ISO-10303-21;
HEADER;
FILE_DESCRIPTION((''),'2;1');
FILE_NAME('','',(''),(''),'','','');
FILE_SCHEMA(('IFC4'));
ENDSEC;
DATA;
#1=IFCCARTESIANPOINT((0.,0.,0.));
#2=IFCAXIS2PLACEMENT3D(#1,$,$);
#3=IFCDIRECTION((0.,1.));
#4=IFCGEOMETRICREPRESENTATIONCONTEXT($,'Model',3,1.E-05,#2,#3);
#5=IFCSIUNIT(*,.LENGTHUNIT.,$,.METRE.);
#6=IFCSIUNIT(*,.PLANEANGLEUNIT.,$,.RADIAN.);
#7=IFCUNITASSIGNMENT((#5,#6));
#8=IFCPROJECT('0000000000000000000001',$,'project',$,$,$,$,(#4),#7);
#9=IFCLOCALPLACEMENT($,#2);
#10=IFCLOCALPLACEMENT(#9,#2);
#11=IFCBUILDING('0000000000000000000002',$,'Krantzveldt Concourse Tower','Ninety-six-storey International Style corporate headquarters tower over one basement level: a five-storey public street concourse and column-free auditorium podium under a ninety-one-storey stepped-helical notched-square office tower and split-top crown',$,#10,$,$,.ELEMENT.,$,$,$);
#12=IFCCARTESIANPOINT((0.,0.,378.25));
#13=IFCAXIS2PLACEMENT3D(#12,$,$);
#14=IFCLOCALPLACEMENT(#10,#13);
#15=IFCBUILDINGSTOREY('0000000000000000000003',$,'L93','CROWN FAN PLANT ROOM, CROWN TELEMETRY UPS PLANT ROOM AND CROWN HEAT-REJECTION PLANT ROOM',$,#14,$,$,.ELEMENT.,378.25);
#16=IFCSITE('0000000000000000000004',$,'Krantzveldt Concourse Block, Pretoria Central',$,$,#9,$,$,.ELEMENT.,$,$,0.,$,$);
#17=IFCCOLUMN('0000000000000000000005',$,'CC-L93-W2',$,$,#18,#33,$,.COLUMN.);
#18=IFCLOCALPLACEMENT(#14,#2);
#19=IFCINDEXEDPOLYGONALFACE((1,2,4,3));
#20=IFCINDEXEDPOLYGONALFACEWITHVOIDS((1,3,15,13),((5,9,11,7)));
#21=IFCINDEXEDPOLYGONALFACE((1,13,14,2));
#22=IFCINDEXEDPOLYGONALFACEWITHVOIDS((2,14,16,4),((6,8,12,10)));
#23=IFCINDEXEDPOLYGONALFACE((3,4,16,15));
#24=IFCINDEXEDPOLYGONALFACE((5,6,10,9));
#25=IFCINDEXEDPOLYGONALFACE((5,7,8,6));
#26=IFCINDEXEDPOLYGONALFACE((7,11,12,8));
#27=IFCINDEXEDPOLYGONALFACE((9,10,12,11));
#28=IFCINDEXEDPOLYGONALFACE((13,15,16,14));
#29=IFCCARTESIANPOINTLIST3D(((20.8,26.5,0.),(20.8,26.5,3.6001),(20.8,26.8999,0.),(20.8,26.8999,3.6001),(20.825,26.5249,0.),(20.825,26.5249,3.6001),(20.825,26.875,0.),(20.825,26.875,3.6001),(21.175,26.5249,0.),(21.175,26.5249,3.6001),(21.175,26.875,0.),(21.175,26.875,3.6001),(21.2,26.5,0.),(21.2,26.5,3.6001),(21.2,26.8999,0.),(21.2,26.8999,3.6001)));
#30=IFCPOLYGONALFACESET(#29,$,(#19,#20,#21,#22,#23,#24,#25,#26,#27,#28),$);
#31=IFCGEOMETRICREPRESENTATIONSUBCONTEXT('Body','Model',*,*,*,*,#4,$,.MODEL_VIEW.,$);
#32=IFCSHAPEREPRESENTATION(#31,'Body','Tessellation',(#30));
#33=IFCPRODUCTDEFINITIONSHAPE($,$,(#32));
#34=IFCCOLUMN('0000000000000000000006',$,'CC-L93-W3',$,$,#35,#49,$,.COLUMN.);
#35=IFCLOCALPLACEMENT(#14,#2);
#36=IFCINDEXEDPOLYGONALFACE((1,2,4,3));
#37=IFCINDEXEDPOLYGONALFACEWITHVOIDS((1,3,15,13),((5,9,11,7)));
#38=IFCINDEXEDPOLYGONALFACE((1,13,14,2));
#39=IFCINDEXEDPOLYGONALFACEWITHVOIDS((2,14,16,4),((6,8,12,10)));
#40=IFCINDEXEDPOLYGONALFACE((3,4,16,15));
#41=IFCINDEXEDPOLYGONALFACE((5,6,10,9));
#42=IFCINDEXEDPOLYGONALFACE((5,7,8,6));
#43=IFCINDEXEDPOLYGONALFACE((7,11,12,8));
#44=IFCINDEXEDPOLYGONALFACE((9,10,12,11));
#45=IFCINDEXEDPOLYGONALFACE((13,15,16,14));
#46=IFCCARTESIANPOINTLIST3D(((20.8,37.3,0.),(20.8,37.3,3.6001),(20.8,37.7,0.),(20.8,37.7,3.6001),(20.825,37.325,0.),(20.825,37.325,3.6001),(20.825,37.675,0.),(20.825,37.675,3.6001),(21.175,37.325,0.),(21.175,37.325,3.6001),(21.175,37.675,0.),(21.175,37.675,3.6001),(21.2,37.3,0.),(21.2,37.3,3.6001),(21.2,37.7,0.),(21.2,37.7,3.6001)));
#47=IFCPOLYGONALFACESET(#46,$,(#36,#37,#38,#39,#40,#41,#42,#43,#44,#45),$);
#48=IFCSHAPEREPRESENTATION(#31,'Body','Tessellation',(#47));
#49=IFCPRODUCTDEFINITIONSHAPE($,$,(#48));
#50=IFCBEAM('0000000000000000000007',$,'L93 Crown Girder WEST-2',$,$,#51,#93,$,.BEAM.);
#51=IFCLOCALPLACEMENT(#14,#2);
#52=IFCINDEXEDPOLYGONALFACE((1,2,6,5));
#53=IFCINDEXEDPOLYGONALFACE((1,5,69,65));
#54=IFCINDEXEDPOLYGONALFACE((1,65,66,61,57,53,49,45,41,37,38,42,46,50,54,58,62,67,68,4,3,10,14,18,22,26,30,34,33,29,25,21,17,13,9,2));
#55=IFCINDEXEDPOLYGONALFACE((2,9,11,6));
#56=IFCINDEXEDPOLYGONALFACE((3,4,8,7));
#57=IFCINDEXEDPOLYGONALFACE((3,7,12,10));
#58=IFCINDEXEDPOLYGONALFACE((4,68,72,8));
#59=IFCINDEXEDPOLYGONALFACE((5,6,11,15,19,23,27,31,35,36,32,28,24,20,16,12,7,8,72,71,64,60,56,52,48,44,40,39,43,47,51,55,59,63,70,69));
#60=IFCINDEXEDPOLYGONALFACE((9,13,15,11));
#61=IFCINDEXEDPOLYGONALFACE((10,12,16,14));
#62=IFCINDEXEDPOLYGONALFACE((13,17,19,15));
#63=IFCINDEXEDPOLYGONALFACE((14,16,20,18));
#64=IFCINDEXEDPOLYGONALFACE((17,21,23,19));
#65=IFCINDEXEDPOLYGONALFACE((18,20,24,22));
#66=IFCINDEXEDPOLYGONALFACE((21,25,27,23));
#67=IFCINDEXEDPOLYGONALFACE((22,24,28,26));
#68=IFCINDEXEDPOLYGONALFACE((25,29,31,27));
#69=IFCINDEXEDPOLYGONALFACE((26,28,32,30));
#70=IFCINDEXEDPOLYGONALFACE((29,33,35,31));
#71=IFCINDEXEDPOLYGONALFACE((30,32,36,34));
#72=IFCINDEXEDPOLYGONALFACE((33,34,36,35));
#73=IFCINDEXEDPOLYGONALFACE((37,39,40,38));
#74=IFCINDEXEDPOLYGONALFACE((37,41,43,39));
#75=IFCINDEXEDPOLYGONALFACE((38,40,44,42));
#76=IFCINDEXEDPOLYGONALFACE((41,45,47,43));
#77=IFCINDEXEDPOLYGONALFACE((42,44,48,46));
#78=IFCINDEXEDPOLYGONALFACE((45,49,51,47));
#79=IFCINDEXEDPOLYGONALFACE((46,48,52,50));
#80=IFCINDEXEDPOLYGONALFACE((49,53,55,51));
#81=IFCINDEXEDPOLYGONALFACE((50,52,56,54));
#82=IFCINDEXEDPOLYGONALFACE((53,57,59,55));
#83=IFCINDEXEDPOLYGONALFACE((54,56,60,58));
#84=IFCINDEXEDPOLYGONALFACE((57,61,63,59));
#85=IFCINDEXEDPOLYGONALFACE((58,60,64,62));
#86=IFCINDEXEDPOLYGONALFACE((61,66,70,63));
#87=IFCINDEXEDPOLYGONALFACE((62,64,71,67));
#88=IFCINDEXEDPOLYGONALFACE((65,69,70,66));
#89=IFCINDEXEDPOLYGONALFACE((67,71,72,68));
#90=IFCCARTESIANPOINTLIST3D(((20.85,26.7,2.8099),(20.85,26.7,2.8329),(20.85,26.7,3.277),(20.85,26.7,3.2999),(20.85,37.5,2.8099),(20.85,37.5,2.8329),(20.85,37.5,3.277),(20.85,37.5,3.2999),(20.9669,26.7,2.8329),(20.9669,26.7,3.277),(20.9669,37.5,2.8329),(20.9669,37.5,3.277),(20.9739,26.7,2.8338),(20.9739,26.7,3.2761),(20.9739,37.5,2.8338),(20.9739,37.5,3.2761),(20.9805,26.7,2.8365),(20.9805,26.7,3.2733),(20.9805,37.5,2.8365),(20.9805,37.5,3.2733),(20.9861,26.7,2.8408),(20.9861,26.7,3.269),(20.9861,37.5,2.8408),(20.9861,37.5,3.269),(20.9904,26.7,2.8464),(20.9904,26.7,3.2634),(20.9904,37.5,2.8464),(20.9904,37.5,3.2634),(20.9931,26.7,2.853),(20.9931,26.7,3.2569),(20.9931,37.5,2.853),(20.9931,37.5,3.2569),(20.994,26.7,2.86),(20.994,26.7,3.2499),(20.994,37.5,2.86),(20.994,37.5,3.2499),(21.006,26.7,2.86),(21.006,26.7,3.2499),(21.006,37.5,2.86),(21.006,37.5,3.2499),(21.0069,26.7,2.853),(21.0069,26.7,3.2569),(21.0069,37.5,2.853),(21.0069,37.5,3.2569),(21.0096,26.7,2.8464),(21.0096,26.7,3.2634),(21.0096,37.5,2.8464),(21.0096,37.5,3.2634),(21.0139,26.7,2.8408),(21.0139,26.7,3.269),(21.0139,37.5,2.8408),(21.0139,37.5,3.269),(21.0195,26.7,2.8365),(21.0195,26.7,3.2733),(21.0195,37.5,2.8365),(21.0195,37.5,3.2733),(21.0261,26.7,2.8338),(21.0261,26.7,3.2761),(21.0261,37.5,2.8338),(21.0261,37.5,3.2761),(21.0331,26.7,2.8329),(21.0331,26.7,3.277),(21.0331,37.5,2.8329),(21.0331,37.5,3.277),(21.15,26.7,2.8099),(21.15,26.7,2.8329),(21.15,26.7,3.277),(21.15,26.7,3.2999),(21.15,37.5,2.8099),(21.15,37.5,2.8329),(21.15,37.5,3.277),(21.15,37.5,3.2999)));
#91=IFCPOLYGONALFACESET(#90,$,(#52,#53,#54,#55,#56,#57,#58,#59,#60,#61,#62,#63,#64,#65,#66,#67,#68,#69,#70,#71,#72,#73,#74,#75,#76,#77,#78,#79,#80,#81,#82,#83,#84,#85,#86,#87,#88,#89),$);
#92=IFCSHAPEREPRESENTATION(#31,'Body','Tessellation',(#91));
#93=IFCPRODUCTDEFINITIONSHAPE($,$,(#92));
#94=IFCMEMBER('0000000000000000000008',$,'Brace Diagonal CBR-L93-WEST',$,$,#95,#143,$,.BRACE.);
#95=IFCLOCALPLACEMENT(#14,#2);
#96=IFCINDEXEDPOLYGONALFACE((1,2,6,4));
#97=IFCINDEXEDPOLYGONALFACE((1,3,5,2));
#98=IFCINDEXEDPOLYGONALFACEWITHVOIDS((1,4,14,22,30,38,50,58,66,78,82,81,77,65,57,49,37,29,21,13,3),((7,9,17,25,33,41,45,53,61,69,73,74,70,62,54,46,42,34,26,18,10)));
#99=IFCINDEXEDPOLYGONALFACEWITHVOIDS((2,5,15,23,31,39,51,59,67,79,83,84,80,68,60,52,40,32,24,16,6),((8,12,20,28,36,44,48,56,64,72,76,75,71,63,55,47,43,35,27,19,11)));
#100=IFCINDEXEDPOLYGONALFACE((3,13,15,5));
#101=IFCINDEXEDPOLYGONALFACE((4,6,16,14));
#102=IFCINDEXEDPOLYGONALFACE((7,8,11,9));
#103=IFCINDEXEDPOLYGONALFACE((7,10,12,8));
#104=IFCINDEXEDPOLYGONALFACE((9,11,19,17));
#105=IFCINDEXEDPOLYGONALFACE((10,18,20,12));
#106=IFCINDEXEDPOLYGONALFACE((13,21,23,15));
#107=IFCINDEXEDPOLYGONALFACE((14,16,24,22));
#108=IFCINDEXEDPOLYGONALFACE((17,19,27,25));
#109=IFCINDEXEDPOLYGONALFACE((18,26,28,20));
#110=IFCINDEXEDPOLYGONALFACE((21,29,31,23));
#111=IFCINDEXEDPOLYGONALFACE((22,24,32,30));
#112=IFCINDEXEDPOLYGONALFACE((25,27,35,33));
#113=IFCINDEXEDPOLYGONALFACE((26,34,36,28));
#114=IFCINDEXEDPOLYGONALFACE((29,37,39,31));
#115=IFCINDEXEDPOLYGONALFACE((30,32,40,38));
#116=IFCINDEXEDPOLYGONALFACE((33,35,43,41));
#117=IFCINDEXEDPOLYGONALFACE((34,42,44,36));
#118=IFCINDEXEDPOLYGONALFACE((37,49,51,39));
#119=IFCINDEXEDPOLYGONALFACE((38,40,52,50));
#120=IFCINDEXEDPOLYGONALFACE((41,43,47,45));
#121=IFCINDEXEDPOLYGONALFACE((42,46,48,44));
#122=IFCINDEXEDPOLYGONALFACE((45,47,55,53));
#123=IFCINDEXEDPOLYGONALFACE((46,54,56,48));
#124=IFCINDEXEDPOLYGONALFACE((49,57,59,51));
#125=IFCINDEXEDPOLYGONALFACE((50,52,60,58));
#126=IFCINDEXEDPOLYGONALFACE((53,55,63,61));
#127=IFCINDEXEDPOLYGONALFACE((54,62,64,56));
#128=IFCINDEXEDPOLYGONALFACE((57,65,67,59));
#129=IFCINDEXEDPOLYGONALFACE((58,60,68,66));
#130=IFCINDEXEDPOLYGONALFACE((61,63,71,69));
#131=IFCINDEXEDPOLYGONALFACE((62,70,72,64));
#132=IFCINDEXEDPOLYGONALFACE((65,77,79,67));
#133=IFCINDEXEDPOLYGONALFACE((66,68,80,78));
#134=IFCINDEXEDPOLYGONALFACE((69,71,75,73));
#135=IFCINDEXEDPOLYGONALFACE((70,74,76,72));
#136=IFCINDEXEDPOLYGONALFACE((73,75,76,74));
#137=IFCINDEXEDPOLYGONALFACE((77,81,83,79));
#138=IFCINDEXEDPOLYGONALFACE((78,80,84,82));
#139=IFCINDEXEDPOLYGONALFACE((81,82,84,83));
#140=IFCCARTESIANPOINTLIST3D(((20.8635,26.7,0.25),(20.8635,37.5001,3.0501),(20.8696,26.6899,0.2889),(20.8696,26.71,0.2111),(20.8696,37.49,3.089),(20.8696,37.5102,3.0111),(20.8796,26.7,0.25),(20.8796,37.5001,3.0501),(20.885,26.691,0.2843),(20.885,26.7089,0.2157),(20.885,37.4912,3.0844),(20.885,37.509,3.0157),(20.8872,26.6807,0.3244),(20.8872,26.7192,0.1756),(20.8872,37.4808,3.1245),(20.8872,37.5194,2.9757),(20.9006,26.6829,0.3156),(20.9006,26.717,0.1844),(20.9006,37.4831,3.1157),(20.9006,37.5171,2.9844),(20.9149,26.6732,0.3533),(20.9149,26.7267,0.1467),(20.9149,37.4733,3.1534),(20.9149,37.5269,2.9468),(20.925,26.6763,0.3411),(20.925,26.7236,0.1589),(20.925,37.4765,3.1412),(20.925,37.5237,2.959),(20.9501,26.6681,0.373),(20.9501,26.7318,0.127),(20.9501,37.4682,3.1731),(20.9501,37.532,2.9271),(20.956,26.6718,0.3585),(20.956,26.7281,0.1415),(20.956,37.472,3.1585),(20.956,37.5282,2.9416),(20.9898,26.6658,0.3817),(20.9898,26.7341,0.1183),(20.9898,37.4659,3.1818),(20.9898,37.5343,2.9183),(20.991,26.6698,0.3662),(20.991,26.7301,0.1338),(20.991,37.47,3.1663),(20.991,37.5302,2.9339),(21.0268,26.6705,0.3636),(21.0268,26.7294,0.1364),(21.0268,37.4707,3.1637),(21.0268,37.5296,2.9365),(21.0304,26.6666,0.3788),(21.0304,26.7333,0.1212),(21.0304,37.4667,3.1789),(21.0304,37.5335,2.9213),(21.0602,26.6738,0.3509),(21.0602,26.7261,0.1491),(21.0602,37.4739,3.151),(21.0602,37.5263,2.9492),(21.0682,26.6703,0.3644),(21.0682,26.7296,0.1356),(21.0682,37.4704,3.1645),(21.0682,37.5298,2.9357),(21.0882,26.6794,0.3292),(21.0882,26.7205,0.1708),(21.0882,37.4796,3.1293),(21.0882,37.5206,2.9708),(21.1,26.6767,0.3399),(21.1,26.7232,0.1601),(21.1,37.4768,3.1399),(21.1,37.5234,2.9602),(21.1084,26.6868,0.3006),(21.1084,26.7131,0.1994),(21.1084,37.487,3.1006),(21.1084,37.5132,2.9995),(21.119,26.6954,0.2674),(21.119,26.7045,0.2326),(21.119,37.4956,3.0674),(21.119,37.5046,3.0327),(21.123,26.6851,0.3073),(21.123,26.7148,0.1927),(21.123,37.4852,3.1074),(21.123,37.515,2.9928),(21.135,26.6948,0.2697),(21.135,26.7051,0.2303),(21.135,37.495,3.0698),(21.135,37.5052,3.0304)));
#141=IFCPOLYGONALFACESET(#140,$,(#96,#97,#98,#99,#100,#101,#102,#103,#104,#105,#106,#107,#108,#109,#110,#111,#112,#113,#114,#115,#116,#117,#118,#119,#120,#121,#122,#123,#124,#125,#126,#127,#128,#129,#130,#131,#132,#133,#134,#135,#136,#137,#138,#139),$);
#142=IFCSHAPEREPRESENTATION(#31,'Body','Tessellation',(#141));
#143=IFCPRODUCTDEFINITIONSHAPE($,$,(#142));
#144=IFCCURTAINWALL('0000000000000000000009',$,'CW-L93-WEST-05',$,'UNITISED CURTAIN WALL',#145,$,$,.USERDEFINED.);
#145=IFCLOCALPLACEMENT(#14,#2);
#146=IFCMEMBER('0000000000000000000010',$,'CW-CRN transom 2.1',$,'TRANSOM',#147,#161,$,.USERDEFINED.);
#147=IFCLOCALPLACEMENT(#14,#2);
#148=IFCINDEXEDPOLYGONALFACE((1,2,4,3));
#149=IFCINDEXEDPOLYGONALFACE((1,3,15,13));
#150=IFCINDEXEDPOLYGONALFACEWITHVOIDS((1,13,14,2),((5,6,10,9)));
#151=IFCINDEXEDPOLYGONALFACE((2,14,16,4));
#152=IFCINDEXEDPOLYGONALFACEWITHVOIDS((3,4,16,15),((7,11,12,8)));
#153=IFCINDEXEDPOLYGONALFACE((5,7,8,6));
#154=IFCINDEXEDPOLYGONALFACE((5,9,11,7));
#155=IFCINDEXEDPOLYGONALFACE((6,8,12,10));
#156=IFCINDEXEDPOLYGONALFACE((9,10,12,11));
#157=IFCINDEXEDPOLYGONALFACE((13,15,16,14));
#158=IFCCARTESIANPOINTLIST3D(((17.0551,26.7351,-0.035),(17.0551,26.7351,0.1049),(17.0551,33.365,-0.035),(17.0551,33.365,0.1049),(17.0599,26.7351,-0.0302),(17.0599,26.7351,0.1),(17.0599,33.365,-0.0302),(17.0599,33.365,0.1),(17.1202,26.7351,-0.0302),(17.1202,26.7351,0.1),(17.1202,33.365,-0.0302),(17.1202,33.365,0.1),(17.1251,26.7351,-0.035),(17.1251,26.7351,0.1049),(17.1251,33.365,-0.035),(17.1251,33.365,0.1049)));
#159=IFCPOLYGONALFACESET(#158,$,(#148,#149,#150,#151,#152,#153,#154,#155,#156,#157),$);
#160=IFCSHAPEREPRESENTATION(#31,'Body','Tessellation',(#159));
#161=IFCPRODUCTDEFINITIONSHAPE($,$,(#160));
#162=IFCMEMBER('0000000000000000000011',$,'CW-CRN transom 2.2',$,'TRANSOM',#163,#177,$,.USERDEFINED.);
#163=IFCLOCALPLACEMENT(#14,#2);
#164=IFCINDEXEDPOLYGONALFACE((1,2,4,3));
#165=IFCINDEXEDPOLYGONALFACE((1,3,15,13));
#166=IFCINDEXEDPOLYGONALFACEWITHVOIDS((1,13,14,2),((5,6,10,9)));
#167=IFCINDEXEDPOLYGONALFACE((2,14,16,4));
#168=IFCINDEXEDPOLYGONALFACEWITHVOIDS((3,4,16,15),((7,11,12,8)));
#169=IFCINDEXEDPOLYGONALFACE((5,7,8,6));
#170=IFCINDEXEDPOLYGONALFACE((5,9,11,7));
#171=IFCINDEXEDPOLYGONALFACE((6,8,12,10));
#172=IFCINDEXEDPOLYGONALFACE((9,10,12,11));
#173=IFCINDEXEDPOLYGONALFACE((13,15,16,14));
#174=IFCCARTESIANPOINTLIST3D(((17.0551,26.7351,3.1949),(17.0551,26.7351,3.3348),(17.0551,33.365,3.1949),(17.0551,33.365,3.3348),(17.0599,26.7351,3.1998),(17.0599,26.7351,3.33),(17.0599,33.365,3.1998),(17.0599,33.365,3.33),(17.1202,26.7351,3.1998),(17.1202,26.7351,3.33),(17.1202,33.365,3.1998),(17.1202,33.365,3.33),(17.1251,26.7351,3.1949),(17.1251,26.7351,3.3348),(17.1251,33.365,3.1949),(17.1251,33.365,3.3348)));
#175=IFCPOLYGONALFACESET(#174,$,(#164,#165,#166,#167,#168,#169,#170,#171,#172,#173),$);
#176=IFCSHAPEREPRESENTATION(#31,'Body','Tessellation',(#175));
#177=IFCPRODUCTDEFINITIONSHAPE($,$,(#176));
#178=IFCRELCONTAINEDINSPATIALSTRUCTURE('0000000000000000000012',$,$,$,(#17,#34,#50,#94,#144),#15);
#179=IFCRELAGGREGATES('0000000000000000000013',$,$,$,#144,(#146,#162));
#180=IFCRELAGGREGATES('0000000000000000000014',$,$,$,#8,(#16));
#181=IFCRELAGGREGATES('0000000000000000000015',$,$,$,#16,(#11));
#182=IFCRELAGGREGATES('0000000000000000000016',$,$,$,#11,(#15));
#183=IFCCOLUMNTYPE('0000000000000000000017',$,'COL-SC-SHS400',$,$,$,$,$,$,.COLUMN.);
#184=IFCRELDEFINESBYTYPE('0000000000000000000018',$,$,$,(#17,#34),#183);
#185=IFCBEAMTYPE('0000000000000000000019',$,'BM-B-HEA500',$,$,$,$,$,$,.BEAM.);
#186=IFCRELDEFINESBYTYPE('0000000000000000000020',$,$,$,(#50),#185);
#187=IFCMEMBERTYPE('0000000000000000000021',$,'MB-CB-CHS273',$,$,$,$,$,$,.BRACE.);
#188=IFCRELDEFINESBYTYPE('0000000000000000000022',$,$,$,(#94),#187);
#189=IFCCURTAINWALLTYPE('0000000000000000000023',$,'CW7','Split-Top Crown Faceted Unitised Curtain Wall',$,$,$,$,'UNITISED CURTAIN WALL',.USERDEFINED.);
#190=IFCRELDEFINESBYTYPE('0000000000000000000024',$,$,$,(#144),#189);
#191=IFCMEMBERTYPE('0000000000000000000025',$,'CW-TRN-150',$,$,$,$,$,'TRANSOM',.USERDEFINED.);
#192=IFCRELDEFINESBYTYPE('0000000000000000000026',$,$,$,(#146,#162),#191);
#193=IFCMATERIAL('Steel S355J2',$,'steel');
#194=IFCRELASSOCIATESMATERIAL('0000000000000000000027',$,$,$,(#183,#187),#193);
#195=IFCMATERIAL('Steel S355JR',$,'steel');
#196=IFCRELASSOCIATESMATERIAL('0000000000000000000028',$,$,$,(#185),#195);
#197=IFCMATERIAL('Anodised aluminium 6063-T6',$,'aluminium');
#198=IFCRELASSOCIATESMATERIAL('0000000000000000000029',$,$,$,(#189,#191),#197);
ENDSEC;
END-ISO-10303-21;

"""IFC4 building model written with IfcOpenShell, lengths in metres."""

from ifc_helpers import new_model, si_unit, direction, frame, origin, origin_2d, place, context, subcontext, project, spatial, hollow_rectangle, hollow_circle, i_section, extrude, source, transform, mapped, material, material_profile, profile_set, type_object, type_shapes, element, aggregate, save


model = new_model("IFC4")

# Units and contexts
model_context = context("Model", 3, precision=1e-05, world=origin(), true_north=direction((0.0, 1.0)))
body_context = subcontext(model_context, "Body", "Model", "MODEL_VIEW")
ifc_project = project(units=[si_unit("LENGTHUNIT", "METRE"), si_unit("PLANEANGLEUNIT", "RADIAN")], contexts=[model_context])

# Site, building, storey
site_placement = place(None, origin())
site = spatial("IfcSite", under=ifc_project, at=site_placement, Name="Krantzveldt Concourse Block, Pretoria Central", CompositionType="ELEMENT", RefElevation=0.0)
building_placement = place(site_placement, origin())
building = spatial("IfcBuilding", under=site, at=building_placement, Name="Krantzveldt Concourse Tower", Description="Ninety-six-storey International Style corporate headquarters tower over one basement level: a five-storey public street concourse and column-free auditorium podium under a ninety-one-storey stepped-helical notched-square office tower and split-top crown", CompositionType="ELEMENT")
storey_placement = place(building_placement, frame((0.0, 0.0, 378.25)))
storey = spatial("IfcBuildingStorey", under=building, at=storey_placement, Name="L93", Description="CROWN FAN PLANT ROOM, CROWN TELEMETRY UPS PLANT ROOM AND CROWN HEAT-REJECTION PLANT ROOM", CompositionType="ELEMENT", Elevation=378.25)

# Columns
ifc_material_1 = material(Name="Steel S355J2", Category="steel")
ifc_material_profile_1 = material_profile(ifc_material_1, hollow_rectangle(XDim=0.3999, YDim=0.3999, WallThickness=0.0249, at=origin_2d()), Name="Steel S355J2", Category="steel")
ifc_profile_set_1 = profile_set([ifc_material_profile_1], Name="Steel S355J2 - SHS 400x400x25")
column_type = type_object("IfcColumnType", Name="COL-SC-SHS400", PredefinedType="COLUMN", material=ifc_profile_set_1)
shared_shape_1 = source(origin(), body_context, "Body", "SweptSolid", [
    extrude(hollow_rectangle(XDim=0.3999, YDim=0.3999, WallThickness=0.0249, at=origin_2d()), origin(), (0.0, 0.0, 1.0), 3.6001),
])
type_shapes(column_type, [shared_shape_1])
for number, where, z_axis, x_axis, name in (
    (1, (21.0, 26.7, 0.0), (0.0, 0.0, 1.0), (1.0, 0.0, 0.0), "CC-L93-W2"),
    (2, (21.0, 37.5, 0.0), (0.0, 0.0, 1.0), (1.0, 0.0, 0.0), "CC-L93-W3"),
):
    element("IfcColumn", number, at=place(storey_placement, frame(where, z_axis=z_axis, x_axis=x_axis)), inside=storey, type_object=column_type, Name=name, PredefinedType="COLUMN", context=body_context, shape_type="MappedRepresentation", body=[
        mapped(shared_shape_1, transform((0.0, 0.0, 0.0), x_axis=(1.0, 0.0, 0.0), y_axis=(0.0, 1.0, 0.0), z_axis=(0.0, 0.0, 1.0), scale=1.0)),
    ])

# Beam
ifc_material_2 = material(Name="Steel S355JR", Category="steel")
ifc_material_profile_2 = material_profile(ifc_material_2, i_section(OverallWidth=0.3, OverallDepth=0.49, WebThickness=0.012, FlangeThickness=0.0229, FilletRadius=0.0271, at=origin_2d()), Name="Steel S355JR", Category="steel")
ifc_profile_set_2 = profile_set([ifc_material_profile_2], Name="Steel S355JR - HEA 500")
beam_type = type_object("IfcBeamType", Name="BM-B-HEA500", PredefinedType="BEAM", material=ifc_profile_set_2)
shared_shape_2 = source(origin(), body_context, "Body", "SweptSolid", [
    extrude(i_section(OverallWidth=0.3, OverallDepth=0.49, WebThickness=0.012, FlangeThickness=0.0229, FilletRadius=0.0271, at=origin_2d()), origin(), (0.0, 0.0, 1.0), 10.8),
])
type_shapes(beam_type, [shared_shape_2])
beam_placement = place(storey_placement, frame((21.0, 26.7, 3.0549), z_axis=(0.0, 1.0, 0.0), x_axis=(-1.0, 0.0, 0.0)))
element("IfcBeam", 3, at=beam_placement, inside=storey, type_object=beam_type, Name="L93 Crown Girder WEST-2", PredefinedType="BEAM", context=body_context, shape_type="MappedRepresentation", body=[
    mapped(shared_shape_2, transform((0.0, 0.0, 0.0), x_axis=(1.0, 0.0, 0.0), y_axis=(0.0, 1.0, 0.0), z_axis=(0.0, 0.0, 1.0), scale=1.0)),
])

# Member
ifc_material_profile_3 = material_profile(ifc_material_1, hollow_circle(Radius=0.1365, WallThickness=0.0161, at=origin_2d()), Name="Steel S355J2", Category="steel")
ifc_profile_set_3 = profile_set([ifc_material_profile_3], Name="Steel S355J2 - CHS 273x16")
member_type_1 = type_object("IfcMemberType", Name="MB-CB-CHS273", PredefinedType="BRACE", material=ifc_profile_set_3)
shared_shape_3 = source(origin(), body_context, "Body", "SweptSolid", [
    extrude(hollow_circle(Radius=0.1365, WallThickness=0.0161, at=origin_2d()), origin(), (0.0, 0.0, 1.0), 11.1572),
])
type_shapes(member_type_1, [shared_shape_3])
member_1_placement = place(storey_placement, frame((21.0, 26.7, 0.25), z_axis=(0.0, 0.967996, 0.250965), x_axis=(-1.0, 0.0, 0.0)))
element("IfcMember", 4, at=member_1_placement, inside=storey, type_object=member_type_1, Name="Brace Diagonal CBR-L93-WEST", PredefinedType="BRACE", context=body_context, shape_type="MappedRepresentation", body=[
    mapped(shared_shape_3, transform((0.0, 0.0, 0.0), x_axis=(1.0, 0.0, 0.0), y_axis=(0.0, 1.0, 0.0), z_axis=(0.0, 0.0, 1.0), scale=1.0)),
])

# Curtain wall, members
ifc_material_3 = material(Name="Anodised aluminium 6063-T6", Category="aluminium")
curtain_wall_type = type_object("IfcCurtainWallType", Name="CW7", Description="Split-Top Crown Faceted Unitised Curtain Wall", ElementType="UNITISED CURTAIN WALL", PredefinedType="USERDEFINED", material=ifc_material_3)
curtain_wall_placement = place(storey_placement, origin())
curtain_wall = element("IfcCurtainWall", 5, at=curtain_wall_placement, inside=storey, type_object=curtain_wall_type, Name="CW-L93-WEST-05", ObjectType="UNITISED CURTAIN WALL", PredefinedType="USERDEFINED")
ifc_material_profile_4 = material_profile(ifc_material_3, hollow_rectangle(XDim=0.0701, YDim=0.1399, WallThickness=0.0049, at=origin_2d()), Name="Anodised aluminium 6063-T6", Category="aluminium")
ifc_profile_set_4 = profile_set([ifc_material_profile_4], Name="Anodised aluminium 6063-T6 - ALU-TRAN 140x70x5")
member_type_2 = type_object("IfcMemberType", Name="CW-TRN-150", ElementType="TRANSOM", PredefinedType="USERDEFINED", material=ifc_profile_set_4)
shared_shape_4 = source(origin(), body_context, "Body", "SweptSolid", [
    extrude(hollow_rectangle(XDim=0.0701, YDim=0.1399, WallThickness=0.0049, at=origin_2d()), origin(), (0.0, 0.0, 1.0), 6.6299),
])
member_2_placement = place(storey_placement, frame((17.0901, 33.365, 0.0349), z_axis=(0.0, -1.0, 0.0), x_axis=(1.0, 0.0, 0.0)))
member_2 = element("IfcMember", 6, at=member_2_placement, type_object=member_type_2, Name="CW-CRN transom 2.1", ObjectType="TRANSOM", PredefinedType="USERDEFINED", context=body_context, shape_type="MappedRepresentation", body=[
    mapped(shared_shape_4, transform((0.0, 0.0, 0.0), x_axis=(1.0, 0.0, 0.0), y_axis=(0.0, 1.0, 0.0), z_axis=(0.0, 0.0, 1.0), scale=1.0)),
])
member_3_placement = place(storey_placement, frame((17.0901, 33.365, 3.2649), z_axis=(0.0, -1.0, 0.0), x_axis=(1.0, 0.0, 0.0)))
member_3 = element("IfcMember", 7, at=member_3_placement, type_object=member_type_2, Name="CW-CRN transom 2.2", ObjectType="TRANSOM", PredefinedType="USERDEFINED", context=body_context, shape_type="MappedRepresentation", body=[
    mapped(shared_shape_4, transform((0.0, 0.0, 0.0), x_axis=(1.0, 0.0, 0.0), y_axis=(0.0, 1.0, 0.0), z_axis=(0.0, 0.0, 1.0), scale=1.0)),
])

aggregate(curtain_wall, [member_2, member_3])

save(model, "model.ifc")
